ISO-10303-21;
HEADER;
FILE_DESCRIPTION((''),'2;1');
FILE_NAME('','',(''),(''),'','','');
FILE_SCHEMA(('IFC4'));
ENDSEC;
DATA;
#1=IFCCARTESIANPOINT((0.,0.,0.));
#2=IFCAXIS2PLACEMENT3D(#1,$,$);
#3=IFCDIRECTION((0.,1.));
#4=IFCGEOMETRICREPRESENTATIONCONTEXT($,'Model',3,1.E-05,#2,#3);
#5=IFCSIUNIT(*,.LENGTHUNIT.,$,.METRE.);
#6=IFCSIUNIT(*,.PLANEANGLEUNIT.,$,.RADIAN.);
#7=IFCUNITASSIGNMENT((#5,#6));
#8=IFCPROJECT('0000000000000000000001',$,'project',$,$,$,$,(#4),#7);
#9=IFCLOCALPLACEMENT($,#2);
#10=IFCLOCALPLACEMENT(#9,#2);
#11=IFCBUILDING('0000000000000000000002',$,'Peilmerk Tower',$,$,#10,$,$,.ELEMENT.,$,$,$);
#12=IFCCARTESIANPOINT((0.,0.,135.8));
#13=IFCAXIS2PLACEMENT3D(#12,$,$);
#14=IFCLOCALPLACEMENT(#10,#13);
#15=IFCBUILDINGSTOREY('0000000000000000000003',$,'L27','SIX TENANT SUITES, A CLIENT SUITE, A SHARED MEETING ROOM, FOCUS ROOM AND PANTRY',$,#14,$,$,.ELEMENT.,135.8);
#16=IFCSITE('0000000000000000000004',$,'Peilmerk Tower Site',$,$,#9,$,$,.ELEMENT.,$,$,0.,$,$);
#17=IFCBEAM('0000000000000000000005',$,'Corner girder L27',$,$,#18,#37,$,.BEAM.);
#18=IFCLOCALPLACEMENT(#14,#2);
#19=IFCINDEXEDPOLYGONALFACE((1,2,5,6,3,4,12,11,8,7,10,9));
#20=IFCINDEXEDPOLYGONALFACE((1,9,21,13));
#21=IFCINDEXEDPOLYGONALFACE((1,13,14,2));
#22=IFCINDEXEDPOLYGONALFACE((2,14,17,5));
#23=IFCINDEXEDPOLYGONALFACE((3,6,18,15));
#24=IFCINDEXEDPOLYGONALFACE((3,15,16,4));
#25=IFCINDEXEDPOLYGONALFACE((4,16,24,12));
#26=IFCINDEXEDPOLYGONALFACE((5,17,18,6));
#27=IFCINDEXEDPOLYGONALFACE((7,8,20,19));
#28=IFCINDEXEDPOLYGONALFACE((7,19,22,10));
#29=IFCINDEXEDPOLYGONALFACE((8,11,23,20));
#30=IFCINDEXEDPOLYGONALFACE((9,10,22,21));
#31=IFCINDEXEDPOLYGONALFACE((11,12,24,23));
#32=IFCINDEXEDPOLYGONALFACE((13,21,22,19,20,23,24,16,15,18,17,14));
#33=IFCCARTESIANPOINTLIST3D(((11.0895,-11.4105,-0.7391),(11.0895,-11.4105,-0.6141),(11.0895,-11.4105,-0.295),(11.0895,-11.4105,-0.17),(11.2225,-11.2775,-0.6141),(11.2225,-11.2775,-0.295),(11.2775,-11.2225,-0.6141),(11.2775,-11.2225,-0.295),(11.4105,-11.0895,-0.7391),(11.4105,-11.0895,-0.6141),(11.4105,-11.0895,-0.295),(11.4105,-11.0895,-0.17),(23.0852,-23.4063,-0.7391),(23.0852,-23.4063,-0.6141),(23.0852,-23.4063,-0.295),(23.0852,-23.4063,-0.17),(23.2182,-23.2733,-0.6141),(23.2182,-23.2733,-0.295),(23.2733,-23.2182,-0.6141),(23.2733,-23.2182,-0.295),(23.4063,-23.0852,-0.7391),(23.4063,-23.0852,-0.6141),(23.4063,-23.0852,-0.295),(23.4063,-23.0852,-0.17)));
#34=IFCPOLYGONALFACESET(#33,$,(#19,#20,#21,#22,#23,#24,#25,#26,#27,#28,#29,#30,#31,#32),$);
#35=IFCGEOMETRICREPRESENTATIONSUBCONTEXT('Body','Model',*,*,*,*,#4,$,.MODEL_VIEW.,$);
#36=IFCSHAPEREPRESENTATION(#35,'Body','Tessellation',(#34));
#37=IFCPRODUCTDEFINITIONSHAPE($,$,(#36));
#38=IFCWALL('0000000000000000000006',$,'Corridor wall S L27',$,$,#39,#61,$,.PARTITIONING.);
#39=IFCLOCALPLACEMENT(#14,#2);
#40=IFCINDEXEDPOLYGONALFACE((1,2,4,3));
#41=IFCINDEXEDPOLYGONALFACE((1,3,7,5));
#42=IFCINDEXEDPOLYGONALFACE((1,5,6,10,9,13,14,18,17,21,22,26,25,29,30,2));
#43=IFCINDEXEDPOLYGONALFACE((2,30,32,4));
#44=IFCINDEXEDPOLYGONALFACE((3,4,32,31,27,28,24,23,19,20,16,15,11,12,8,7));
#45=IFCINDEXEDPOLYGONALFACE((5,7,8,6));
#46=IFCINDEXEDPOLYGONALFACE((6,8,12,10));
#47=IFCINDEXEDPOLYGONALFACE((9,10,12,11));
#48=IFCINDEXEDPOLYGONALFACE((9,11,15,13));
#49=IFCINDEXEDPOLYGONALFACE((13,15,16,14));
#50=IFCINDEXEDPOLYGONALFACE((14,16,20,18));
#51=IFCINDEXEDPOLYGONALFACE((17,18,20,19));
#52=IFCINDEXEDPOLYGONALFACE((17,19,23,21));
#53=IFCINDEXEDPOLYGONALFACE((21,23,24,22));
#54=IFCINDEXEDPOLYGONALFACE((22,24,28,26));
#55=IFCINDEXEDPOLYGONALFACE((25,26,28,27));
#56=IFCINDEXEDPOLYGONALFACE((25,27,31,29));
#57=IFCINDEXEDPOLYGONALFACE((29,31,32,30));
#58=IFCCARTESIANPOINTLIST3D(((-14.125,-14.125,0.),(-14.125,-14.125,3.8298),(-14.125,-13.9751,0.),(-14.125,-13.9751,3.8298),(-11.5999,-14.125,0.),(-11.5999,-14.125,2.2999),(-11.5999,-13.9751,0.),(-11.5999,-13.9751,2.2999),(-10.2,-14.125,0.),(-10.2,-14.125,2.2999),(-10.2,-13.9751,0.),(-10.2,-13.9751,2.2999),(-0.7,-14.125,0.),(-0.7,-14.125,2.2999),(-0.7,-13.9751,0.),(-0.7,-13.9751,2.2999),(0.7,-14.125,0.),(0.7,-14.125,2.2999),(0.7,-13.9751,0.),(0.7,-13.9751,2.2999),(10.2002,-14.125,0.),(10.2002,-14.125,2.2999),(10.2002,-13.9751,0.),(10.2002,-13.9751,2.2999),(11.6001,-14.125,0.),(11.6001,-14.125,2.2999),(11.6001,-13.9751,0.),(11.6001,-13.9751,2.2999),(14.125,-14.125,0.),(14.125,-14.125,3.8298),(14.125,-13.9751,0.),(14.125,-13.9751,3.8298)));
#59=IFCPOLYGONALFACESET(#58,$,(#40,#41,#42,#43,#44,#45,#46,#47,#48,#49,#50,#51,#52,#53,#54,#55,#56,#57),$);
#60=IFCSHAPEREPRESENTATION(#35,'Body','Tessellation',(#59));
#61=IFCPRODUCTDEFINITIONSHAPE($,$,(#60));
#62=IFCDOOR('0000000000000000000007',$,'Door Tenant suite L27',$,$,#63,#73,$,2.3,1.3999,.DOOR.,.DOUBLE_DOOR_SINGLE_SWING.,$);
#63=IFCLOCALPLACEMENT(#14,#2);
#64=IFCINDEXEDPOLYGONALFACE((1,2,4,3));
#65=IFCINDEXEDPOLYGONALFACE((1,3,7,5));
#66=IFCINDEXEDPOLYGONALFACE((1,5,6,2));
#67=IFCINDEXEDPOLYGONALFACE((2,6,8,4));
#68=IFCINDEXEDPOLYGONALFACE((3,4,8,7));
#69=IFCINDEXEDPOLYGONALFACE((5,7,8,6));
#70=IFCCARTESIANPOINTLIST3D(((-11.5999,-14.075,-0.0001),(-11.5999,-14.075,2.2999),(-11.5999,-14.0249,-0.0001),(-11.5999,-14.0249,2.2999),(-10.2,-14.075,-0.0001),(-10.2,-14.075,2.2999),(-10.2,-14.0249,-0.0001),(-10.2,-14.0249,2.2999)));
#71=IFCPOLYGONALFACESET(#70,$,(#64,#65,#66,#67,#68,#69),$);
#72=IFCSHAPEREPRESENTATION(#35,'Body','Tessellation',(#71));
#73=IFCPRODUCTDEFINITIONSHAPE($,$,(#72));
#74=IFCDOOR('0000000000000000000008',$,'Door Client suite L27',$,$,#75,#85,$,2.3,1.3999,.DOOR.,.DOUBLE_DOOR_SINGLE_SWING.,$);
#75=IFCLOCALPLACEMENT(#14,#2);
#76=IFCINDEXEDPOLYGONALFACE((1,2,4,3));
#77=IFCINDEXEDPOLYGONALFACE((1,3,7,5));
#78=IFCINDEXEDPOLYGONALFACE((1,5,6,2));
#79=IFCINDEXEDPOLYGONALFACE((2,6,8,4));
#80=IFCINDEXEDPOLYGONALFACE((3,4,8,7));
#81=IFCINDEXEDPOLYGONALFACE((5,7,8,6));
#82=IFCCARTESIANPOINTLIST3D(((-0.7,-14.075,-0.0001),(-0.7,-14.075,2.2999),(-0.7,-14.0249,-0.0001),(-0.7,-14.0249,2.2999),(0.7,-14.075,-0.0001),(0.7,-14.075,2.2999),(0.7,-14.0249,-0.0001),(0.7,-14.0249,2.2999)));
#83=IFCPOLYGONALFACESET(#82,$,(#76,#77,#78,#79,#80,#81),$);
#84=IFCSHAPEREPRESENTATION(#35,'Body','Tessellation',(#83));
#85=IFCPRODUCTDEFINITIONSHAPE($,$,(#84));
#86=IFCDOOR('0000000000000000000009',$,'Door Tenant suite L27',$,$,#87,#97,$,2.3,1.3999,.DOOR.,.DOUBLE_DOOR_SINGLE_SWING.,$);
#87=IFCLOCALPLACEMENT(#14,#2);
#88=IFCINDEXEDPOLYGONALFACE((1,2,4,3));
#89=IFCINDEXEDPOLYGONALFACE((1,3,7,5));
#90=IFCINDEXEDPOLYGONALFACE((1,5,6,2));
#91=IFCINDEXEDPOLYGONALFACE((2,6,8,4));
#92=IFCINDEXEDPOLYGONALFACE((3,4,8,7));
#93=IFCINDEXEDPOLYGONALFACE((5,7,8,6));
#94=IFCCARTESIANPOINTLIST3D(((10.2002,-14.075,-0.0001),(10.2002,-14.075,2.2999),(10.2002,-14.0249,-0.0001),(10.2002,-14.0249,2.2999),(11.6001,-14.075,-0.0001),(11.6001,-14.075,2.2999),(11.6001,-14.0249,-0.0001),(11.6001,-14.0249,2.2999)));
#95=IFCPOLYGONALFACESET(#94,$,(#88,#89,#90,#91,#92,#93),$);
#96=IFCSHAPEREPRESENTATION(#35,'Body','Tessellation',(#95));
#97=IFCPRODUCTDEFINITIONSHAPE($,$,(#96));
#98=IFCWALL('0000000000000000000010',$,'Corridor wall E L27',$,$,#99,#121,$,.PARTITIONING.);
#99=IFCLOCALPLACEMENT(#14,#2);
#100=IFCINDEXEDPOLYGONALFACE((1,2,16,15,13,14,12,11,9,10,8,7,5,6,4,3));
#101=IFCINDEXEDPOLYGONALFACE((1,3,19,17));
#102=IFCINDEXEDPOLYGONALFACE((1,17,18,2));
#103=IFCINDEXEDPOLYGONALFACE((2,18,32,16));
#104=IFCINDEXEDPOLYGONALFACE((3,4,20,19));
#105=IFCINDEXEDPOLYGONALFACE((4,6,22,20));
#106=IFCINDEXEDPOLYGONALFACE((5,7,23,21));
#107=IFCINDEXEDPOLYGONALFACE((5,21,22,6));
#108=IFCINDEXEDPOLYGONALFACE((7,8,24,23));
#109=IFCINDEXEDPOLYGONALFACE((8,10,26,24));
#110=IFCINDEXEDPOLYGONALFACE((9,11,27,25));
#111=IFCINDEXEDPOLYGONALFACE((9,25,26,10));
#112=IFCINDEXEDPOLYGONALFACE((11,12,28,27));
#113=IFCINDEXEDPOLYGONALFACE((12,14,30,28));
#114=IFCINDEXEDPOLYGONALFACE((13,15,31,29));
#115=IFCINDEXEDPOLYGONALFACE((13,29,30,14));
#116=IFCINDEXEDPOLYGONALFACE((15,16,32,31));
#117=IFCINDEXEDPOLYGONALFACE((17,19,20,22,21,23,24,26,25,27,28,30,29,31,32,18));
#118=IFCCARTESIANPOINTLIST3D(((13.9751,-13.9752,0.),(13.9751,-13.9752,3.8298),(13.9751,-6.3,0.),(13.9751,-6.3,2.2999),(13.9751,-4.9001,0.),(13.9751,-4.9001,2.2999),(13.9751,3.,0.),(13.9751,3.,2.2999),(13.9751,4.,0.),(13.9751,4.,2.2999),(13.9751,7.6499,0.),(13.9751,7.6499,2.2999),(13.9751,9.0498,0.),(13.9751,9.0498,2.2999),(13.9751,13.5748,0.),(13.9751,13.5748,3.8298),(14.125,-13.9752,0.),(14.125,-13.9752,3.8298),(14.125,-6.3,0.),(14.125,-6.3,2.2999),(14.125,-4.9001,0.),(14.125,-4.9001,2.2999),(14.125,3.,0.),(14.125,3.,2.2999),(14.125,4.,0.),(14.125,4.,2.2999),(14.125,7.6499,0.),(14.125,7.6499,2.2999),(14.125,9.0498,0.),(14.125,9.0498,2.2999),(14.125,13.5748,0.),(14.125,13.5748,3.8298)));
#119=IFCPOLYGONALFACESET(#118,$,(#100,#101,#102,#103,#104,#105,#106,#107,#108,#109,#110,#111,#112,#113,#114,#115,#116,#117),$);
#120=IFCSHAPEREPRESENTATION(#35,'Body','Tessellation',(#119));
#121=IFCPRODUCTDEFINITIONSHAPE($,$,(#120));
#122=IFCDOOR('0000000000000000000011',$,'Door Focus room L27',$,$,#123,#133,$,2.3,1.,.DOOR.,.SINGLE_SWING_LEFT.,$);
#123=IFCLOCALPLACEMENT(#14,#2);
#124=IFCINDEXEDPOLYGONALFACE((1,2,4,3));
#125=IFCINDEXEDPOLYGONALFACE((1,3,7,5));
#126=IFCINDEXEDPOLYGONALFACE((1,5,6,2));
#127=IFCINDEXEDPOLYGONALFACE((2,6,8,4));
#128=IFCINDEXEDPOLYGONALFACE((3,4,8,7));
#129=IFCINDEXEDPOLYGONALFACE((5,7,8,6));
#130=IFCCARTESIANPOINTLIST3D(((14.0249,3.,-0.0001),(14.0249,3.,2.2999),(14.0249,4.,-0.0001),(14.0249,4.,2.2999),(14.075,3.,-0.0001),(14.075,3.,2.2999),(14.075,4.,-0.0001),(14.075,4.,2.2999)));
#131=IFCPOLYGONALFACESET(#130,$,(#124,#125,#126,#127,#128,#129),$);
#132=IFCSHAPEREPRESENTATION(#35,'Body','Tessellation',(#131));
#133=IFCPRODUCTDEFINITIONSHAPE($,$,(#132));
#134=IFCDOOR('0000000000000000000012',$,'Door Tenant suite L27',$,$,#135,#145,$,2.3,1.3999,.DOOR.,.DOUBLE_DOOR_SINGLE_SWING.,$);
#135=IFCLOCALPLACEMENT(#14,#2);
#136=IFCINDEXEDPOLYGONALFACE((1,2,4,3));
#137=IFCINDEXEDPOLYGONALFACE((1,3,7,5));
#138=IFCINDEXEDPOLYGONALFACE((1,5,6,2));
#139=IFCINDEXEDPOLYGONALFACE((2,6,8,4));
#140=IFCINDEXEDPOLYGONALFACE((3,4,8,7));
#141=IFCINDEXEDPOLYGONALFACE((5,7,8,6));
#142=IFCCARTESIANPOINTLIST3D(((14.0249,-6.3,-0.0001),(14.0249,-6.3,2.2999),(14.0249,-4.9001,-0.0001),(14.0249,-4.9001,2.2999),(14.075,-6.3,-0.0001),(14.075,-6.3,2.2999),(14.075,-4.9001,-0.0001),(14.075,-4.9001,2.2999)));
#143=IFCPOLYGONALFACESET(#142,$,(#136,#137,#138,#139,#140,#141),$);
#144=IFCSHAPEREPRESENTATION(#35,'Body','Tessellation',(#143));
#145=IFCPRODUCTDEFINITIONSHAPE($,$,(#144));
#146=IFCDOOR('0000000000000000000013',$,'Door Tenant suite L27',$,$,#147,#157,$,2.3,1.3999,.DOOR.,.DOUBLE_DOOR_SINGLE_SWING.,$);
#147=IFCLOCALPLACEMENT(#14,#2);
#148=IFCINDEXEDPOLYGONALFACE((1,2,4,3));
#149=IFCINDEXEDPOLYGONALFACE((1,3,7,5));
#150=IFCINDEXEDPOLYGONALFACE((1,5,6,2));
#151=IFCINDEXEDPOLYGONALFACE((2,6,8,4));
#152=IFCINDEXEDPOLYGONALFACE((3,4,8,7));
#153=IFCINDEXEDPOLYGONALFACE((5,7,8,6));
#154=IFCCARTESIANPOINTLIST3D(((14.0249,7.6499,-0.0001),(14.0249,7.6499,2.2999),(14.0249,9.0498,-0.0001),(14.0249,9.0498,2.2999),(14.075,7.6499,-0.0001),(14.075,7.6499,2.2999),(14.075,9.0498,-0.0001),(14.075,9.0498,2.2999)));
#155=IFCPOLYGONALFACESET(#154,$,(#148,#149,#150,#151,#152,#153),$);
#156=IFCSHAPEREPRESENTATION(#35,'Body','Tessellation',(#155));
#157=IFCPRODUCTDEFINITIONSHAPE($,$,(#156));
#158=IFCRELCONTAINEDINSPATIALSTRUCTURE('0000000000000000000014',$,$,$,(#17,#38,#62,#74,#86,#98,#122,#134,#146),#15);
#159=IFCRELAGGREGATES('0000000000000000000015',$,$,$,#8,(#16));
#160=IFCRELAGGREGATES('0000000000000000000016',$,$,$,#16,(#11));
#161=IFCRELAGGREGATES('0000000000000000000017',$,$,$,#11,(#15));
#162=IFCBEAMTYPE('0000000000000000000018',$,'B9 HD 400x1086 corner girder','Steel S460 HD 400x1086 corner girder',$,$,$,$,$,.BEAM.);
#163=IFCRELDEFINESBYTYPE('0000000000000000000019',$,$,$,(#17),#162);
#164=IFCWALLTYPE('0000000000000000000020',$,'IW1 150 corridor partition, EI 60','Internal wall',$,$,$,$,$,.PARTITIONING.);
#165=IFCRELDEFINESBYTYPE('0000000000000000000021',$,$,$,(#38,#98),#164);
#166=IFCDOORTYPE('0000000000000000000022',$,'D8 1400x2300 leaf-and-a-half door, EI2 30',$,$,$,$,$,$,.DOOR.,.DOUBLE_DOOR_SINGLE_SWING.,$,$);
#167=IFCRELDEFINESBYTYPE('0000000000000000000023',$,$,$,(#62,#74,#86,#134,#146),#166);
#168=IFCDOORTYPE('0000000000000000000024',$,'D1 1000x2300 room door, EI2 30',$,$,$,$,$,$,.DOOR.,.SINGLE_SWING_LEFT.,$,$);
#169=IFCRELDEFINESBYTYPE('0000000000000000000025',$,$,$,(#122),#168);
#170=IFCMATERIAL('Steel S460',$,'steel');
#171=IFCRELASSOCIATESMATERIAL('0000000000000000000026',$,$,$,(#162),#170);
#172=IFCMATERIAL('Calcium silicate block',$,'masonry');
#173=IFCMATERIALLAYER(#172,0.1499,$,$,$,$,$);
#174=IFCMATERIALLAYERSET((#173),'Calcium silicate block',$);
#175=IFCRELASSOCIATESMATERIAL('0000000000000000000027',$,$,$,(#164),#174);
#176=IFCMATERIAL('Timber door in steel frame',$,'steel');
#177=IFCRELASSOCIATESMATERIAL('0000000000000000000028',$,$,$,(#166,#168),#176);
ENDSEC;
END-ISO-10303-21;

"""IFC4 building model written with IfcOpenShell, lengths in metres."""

from ifc_helpers import new_model, si_unit, direction, frame, frame_2d, origin, origin_2d, place, context, subcontext, project, spatial, rectangle, i_section, extrude, material, layer, layer_set, material_profile, profile_set, type_object, element, fill, save


model = new_model("IFC4")

# Units and contexts
model_context = context("Model", 3, precision=1e-05, world=origin(), true_north=direction((0.0, 1.0)))
body_context = subcontext(model_context, "Body", "Model", "MODEL_VIEW")
ifc_project = project(units=[si_unit("LENGTHUNIT", "METRE"), si_unit("PLANEANGLEUNIT", "RADIAN")], contexts=[model_context])

# Site, building, storey
site_placement = place(None, origin())
site = spatial("IfcSite", under=ifc_project, at=site_placement, Name="Peilmerk Tower Site", CompositionType="ELEMENT", RefElevation=0.0)
building_placement = place(site_placement, origin())
building = spatial("IfcBuilding", under=site, at=building_placement, Name="Peilmerk Tower", CompositionType="ELEMENT")
storey_placement = place(building_placement, frame((0.0, 0.0, 135.8)))
storey = spatial("IfcBuildingStorey", under=building, at=storey_placement, Name="L27", Description="SIX TENANT SUITES, A CLIENT SUITE, A SHARED MEETING ROOM, FOCUS ROOM AND PANTRY", CompositionType="ELEMENT", Elevation=135.8)

# Beam
ifc_material_1 = material(Name="Steel S460", Category="steel")
ifc_material_profile_1 = material_profile(ifc_material_1, i_section(OverallWidth=0.4541, OverallDepth=0.5691, WebThickness=0.0779, FlangeThickness=0.125, at=origin_2d()), Name="HD 400x1086")
ifc_profile_set_1 = profile_set([ifc_material_profile_1], Name="Steel S460")
beam_type_1 = type_object("IfcBeamType", Name="B9 HD 400x1086 corner girder", Description="Steel S460 HD 400x1086 corner girder", PredefinedType="BEAM", material=ifc_profile_set_1)
beam_1_placement = place(storey_placement, frame((11.25, -11.25, -0.4546), z_axis=(0.707107, -0.707107, 0.0), x_axis=(0.707107, 0.707107, 0.0)))
element("IfcBeam", 1, at=beam_1_placement, inside=storey, type_object=beam_type_1, Name="Corner girder L27", PredefinedType="BEAM", context=body_context, shape_type="SweptSolid", body=[
    extrude(i_section(OverallWidth=0.4541, OverallDepth=0.5691, WebThickness=0.0779, FlangeThickness=0.125, at=origin_2d()), origin(), (0.0, 0.0, 1.0), 16.9646),
])

# Walls, openings, doors
ifc_material_2 = material(Name="Calcium silicate block", Category="masonry")
ifc_layer_1 = layer(ifc_material_2, 0.1499)
ifc_layer_set_1 = layer_set([ifc_layer_1], Name="Calcium silicate block")
wall_type_1 = type_object("IfcWallType", Name="IW1 150 corridor partition, EI 60", Description="Internal wall", PredefinedType="PARTITIONING", material=ifc_layer_set_1)
wall_1_placement = place(storey_placement, frame((14.125, -14.05, 0.0), z_axis=(0.0, 0.0, 1.0), x_axis=(-1.0, 0.0, 0.0)))
wall_1 = element("IfcWall", 2, at=wall_1_placement, inside=storey, type_object=wall_type_1, Name="Corridor wall S L27", PredefinedType="PARTITIONING", context=body_context, shape_type="SweptSolid", body=[
    extrude(rectangle(XDim=28.25, YDim=0.1499, at=frame_2d((14.125, 0.0))), origin(), (0.0, 0.0, 1.0), 3.8298),
])
opening_1_placement = place(wall_1_placement, frame((24.325, 0.0, 0.0)))
opening_1 = element("IfcOpeningElement", 3, at=opening_1_placement, cuts=wall_1, PredefinedType="OPENING", context=body_context, shape_type="SweptSolid", body=[
    extrude(rectangle(XDim=1.3999, YDim=2.3, at=frame_2d((0.7, 1.1499))), frame((0.0, 0.085, 0.0), z_axis=(0.0, -1.0, 0.0), x_axis=(1.0, 0.0, 0.0)), (0.0, 0.0, 1.0), 0.1699),
])
opening_2_placement = place(wall_1_placement, frame((13.425, 0.0, 0.0)))
opening_2 = element("IfcOpeningElement", 4, at=opening_2_placement, cuts=wall_1, PredefinedType="OPENING", context=body_context, shape_type="SweptSolid", body=[
    extrude(rectangle(XDim=1.3999, YDim=2.3, at=frame_2d((0.7, 1.1499))), frame((0.0, 0.085, 0.0), z_axis=(0.0, -1.0, 0.0), x_axis=(1.0, 0.0, 0.0)), (0.0, 0.0, 1.0), 0.1699),
])
opening_3_placement = place(wall_1_placement, frame((2.5249, 0.0, 0.0)))
opening_3 = element("IfcOpeningElement", 5, at=opening_3_placement, cuts=wall_1, PredefinedType="OPENING", context=body_context, shape_type="SweptSolid", body=[
    extrude(rectangle(XDim=1.3999, YDim=2.3, at=frame_2d((0.7, 1.1499))), frame((0.0, 0.085, 0.0), z_axis=(0.0, -1.0, 0.0), x_axis=(1.0, 0.0, 0.0)), (0.0, 0.0, 1.0), 0.1699),
])
ifc_material_3 = material(Name="Timber door in steel frame", Category="steel")
door_type_1 = type_object("IfcDoorType", Name="D8 1400x2300 leaf-and-a-half door, EI2 30", OperationType="DOUBLE_DOOR_SINGLE_SWING", PredefinedType="DOOR", material=ifc_material_3)
door_1_placement = place(opening_1_placement, origin())
door_1 = element("IfcDoor", 6, at=door_1_placement, inside=storey, type_object=door_type_1, Name="Door Tenant suite L27", OperationType="DOUBLE_DOOR_SINGLE_SWING", OverallHeight=2.3, OverallWidth=1.3999, PredefinedType="DOOR", context=body_context, shape_type="SweptSolid", body=[
    extrude(rectangle(XDim=1.3999, YDim=2.3, at=frame_2d((0.7, 1.1499))), frame((0.0, 0.0249, 0.0), z_axis=(0.0, -1.0, 0.0), x_axis=(1.0, 0.0, 0.0)), (0.0, 0.0, 1.0), 0.05),
])
fill(opening_1, door_1)
door_2_placement = place(opening_2_placement, origin())
door_2 = element("IfcDoor", 7, at=door_2_placement, inside=storey, type_object=door_type_1, Name="Door Client suite L27", OperationType="DOUBLE_DOOR_SINGLE_SWING", OverallHeight=2.3, OverallWidth=1.3999, PredefinedType="DOOR", context=body_context, shape_type="SweptSolid", body=[
    extrude(rectangle(XDim=1.3999, YDim=2.3, at=frame_2d((0.7, 1.1499))), frame((0.0, 0.0249, 0.0), z_axis=(0.0, -1.0, 0.0), x_axis=(1.0, 0.0, 0.0)), (0.0, 0.0, 1.0), 0.05),
])
fill(opening_2, door_2)
door_3_placement = place(opening_3_placement, origin())
door_3 = element("IfcDoor", 8, at=door_3_placement, inside=storey, type_object=door_type_1, Name="Door Tenant suite L27", OperationType="DOUBLE_DOOR_SINGLE_SWING", OverallHeight=2.3, OverallWidth=1.3999, PredefinedType="DOOR", context=body_context, shape_type="SweptSolid", body=[
    extrude(rectangle(XDim=1.3999, YDim=2.3, at=frame_2d((0.7, 1.1499))), frame((0.0, 0.0249, 0.0), z_axis=(0.0, -1.0, 0.0), x_axis=(1.0, 0.0, 0.0)), (0.0, 0.0, 1.0), 0.05),
])
fill(opening_3, door_3)
wall_2_placement = place(storey_placement, frame((14.05, -13.9751, 0.0), z_axis=(0.0, 0.0, 1.0), x_axis=(0.0, 1.0, 0.0)))
wall_2 = element("IfcWall", 9, at=wall_2_placement, inside=storey, type_object=wall_type_1, Name="Corridor wall E L27", PredefinedType="PARTITIONING", context=body_context, shape_type="SweptSolid", body=[
    extrude(rectangle(XDim=27.55, YDim=0.1499, at=frame_2d((13.7749, 0.0))), origin(), (0.0, 0.0, 1.0), 3.8298),
])
opening_4_placement = place(wall_2_placement, frame((7.675, 0.0, 0.0)))
opening_4 = element("IfcOpeningElement", 10, at=opening_4_placement, cuts=wall_2, PredefinedType="OPENING", context=body_context, shape_type="SweptSolid", body=[
    extrude(rectangle(XDim=1.3999, YDim=2.3, at=frame_2d((0.7, 1.1499))), frame((0.0, 0.085, 0.0), z_axis=(0.0, -1.0, 0.0), x_axis=(1.0, 0.0, 0.0)), (0.0, 0.0, 1.0), 0.1699),
])
opening_5_placement = place(wall_2_placement, frame((21.625, 0.0, 0.0)))
opening_5 = element("IfcOpeningElement", 11, at=opening_5_placement, cuts=wall_2, PredefinedType="OPENING", context=body_context, shape_type="SweptSolid", body=[
    extrude(rectangle(XDim=1.3999, YDim=2.3, at=frame_2d((0.7, 1.1499))), frame((0.0, 0.085, 0.0), z_axis=(0.0, -1.0, 0.0), x_axis=(1.0, 0.0, 0.0)), (0.0, 0.0, 1.0), 0.1699),
])
opening_6_placement = place(wall_2_placement, frame((16.9751, 0.0, 0.0)))
opening_6 = element("IfcOpeningElement", 12, at=opening_6_placement, cuts=wall_2, PredefinedType="OPENING", context=body_context, shape_type="SweptSolid", body=[
    extrude(rectangle(XDim=1.0, YDim=2.3, at=frame_2d((0.5, 1.1499))), frame((0.0, 0.085, 0.0), z_axis=(0.0, -1.0, 0.0), x_axis=(1.0, 0.0, 0.0)), (0.0, 0.0, 1.0), 0.1699),
])
door_type_2 = type_object("IfcDoorType", Name="D1 1000x2300 room door, EI2 30", OperationType="SINGLE_SWING_LEFT", PredefinedType="DOOR", material=ifc_material_3)
door_4_placement = place(opening_6_placement, frame((1.0, 0.0, 0.0), z_axis=(0.0, 0.0, 1.0), x_axis=(-1.0, 0.0, 0.0)))
door_4 = element("IfcDoor", 13, at=door_4_placement, inside=storey, type_object=door_type_2, Name="Door Focus room L27", OperationType="SINGLE_SWING_LEFT", OverallHeight=2.3, OverallWidth=1.0, PredefinedType="DOOR", context=body_context, shape_type="SweptSolid", body=[
    extrude(rectangle(XDim=1.0, YDim=2.3, at=frame_2d((0.5, 1.1499))), frame((0.0, 0.0249, 0.0), z_axis=(0.0, -1.0, 0.0), x_axis=(1.0, 0.0, 0.0)), (0.0, 0.0, 1.0), 0.05),
])
fill(opening_6, door_4)
door_5_placement = place(opening_4_placement, frame((1.3999, 0.0, 0.0), z_axis=(0.0, 0.0, 1.0), x_axis=(-1.0, 0.0, 0.0)))
door_5 = element("IfcDoor", 14, at=door_5_placement, inside=storey, type_object=door_type_1, Name="Door Tenant suite L27", OperationType="DOUBLE_DOOR_SINGLE_SWING", OverallHeight=2.3, OverallWidth=1.3999, PredefinedType="DOOR", context=body_context, shape_type="SweptSolid", body=[
    extrude(rectangle(XDim=1.3999, YDim=2.3, at=frame_2d((0.7, 1.1499))), frame((0.0, 0.0249, 0.0), z_axis=(0.0, -1.0, 0.0), x_axis=(1.0, 0.0, 0.0)), (0.0, 0.0, 1.0), 0.05),
])
fill(opening_4, door_5)
door_6_placement = place(opening_5_placement, frame((1.3999, 0.0, 0.0), z_axis=(0.0, 0.0, 1.0), x_axis=(-1.0, 0.0, 0.0)))
door_6 = element("IfcDoor", 15, at=door_6_placement, inside=storey, type_object=door_type_1, Name="Door Tenant suite L27", OperationType="DOUBLE_DOOR_SINGLE_SWING", OverallHeight=2.3, OverallWidth=1.3999, PredefinedType="DOOR", context=body_context, shape_type="SweptSolid", body=[
    extrude(rectangle(XDim=1.3999, YDim=2.3, at=frame_2d((0.7, 1.1499))), frame((0.0, 0.0249, 0.0), z_axis=(0.0, -1.0, 0.0), x_axis=(1.0, 0.0, 0.0)), (0.0, 0.0, 1.0), 0.05),
])
fill(opening_5, door_6)

save(model, "model.ifc")
